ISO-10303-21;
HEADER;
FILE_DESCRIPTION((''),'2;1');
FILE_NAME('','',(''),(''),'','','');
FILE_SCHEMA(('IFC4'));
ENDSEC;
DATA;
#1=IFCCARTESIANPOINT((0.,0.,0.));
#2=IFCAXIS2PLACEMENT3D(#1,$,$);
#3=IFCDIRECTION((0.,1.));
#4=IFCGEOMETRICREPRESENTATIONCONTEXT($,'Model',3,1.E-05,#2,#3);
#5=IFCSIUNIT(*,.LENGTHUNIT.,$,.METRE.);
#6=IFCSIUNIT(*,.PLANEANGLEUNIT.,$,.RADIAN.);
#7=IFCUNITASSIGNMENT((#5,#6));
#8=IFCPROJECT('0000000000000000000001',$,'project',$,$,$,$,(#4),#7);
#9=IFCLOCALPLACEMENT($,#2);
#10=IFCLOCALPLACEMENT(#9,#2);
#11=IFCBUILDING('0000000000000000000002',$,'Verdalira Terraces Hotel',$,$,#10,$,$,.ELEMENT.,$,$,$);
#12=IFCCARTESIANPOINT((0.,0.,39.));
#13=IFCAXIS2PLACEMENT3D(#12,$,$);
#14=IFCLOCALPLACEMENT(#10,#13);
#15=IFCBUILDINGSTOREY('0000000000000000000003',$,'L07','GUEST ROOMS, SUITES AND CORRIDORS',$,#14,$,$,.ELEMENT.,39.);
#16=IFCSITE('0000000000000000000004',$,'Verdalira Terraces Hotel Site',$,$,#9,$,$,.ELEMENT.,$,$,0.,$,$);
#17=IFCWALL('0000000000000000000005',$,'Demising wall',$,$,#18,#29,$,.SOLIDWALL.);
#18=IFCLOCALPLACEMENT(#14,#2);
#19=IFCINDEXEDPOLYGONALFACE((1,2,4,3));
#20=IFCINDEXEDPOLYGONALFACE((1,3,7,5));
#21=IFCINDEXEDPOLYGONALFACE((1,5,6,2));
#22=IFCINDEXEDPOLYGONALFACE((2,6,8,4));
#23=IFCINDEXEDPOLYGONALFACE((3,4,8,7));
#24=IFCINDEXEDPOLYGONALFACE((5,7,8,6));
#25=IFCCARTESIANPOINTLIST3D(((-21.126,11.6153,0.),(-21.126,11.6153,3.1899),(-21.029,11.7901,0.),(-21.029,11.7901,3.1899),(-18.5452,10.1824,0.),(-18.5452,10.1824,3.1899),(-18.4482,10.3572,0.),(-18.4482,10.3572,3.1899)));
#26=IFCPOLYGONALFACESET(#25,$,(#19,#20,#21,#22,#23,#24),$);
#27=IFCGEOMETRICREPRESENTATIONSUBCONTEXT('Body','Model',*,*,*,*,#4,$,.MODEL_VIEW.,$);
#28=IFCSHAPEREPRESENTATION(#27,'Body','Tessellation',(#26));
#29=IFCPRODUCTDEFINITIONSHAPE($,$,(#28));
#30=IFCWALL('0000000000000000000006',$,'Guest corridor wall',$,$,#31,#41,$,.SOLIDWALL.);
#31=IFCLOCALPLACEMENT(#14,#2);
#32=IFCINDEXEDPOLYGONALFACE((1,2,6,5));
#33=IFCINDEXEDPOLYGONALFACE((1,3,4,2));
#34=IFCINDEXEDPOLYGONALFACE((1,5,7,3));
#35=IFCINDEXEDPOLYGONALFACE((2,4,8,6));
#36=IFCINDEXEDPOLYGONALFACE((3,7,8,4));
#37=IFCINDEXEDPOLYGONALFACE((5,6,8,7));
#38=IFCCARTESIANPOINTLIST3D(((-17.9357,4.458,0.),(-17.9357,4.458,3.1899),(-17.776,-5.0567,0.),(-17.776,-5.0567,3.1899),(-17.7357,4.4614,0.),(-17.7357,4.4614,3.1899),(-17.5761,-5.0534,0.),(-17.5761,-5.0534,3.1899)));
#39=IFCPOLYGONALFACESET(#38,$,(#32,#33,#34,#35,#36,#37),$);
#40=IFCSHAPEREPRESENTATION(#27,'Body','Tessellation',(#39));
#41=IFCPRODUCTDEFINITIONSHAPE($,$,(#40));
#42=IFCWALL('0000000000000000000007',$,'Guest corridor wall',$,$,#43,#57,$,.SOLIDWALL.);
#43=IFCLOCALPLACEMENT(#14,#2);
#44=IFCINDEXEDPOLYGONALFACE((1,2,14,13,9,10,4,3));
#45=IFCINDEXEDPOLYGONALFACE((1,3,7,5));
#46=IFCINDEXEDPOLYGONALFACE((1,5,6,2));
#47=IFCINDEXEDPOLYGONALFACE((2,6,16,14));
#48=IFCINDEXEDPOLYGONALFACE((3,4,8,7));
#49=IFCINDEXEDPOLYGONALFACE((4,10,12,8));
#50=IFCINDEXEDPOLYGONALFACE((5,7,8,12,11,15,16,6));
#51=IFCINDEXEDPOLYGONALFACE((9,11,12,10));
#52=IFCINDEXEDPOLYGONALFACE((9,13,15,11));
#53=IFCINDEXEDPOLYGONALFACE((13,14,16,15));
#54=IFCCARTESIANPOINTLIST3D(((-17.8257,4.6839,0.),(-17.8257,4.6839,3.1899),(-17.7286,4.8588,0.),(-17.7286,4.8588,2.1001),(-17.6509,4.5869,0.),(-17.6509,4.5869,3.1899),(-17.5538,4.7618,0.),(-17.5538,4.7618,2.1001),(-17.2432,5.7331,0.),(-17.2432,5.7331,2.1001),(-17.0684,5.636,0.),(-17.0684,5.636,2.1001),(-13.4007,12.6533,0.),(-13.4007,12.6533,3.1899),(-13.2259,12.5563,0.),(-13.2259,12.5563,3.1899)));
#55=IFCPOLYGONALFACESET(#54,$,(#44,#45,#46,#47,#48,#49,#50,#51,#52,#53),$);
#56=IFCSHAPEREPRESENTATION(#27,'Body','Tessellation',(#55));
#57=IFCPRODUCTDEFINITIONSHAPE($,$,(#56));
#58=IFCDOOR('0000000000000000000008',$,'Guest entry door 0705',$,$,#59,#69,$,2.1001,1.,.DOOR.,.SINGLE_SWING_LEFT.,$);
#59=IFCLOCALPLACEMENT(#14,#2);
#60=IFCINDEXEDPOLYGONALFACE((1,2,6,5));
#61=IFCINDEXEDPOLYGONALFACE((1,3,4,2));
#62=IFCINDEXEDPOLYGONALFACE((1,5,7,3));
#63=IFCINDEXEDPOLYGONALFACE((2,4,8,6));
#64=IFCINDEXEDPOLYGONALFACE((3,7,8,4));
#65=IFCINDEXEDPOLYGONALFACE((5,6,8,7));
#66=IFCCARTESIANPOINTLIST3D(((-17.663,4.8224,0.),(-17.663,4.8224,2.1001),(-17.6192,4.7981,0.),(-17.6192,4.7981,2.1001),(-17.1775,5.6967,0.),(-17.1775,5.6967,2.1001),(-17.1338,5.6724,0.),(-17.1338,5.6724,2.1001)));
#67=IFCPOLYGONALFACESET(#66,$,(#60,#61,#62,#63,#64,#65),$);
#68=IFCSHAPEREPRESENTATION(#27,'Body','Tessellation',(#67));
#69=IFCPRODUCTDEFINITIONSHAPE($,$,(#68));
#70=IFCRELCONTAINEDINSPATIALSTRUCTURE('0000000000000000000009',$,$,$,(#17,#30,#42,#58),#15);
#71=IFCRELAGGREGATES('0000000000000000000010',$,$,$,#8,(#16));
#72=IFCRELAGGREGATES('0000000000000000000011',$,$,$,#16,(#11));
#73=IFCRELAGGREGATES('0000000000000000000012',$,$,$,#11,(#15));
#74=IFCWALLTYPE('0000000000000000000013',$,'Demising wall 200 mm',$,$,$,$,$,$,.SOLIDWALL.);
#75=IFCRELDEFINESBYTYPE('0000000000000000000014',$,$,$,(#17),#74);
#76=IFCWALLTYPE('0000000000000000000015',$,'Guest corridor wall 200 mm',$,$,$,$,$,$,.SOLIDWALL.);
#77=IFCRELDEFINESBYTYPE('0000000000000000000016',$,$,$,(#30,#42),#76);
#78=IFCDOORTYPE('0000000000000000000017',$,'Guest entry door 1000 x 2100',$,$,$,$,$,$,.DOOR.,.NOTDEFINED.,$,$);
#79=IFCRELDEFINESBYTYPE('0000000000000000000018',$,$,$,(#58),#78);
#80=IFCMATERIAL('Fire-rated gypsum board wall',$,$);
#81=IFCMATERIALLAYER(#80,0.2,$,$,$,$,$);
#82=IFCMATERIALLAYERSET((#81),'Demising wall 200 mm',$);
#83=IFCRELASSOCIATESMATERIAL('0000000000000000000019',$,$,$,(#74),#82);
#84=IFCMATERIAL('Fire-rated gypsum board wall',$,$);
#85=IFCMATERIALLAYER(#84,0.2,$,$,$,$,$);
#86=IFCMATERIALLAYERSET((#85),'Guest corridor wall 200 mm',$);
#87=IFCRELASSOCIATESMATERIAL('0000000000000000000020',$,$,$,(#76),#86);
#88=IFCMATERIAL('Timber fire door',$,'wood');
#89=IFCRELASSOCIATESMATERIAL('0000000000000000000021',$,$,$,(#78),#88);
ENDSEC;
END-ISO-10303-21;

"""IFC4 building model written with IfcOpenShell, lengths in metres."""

from ifc_helpers import new_model, si_unit, direction, frame, frame_2d, origin, place, context, subcontext, project, spatial, rectangle, extrude, material, layer, layer_set, type_object, element, fill, save


model = new_model("IFC4")

# Units and contexts
model_context = context("Model", 3, precision=1e-05, world=origin(), true_north=direction((0.0, 1.0)))
body_context = subcontext(model_context, "Body", "Model", "MODEL_VIEW")
ifc_project = project(units=[si_unit("LENGTHUNIT", "METRE"), si_unit("PLANEANGLEUNIT", "RADIAN")], contexts=[model_context])

# Site, building, storey
site_placement = place(None, origin())
site = spatial("IfcSite", under=ifc_project, at=site_placement, Name="Verdalira Terraces Hotel Site", CompositionType="ELEMENT", RefElevation=0.0)
building_placement = place(site_placement, origin())
building = spatial("IfcBuilding", under=site, at=building_placement, Name="Verdalira Terraces Hotel", CompositionType="ELEMENT")
storey_placement = place(building_placement, frame((0.0, 0.0, 39.0)))
storey = spatial("IfcBuildingStorey", under=building, at=storey_placement, Name="L07", Description="GUEST ROOMS, SUITES AND CORRIDORS", CompositionType="ELEMENT", Elevation=39.0)

# Walls
ifc_material_1 = material(Name="Fire-rated gypsum board wall")
ifc_layer_1 = layer(ifc_material_1, 0.2)
ifc_layer_set_1 = layer_set([ifc_layer_1], Name="Demising wall 200 mm")
wall_type_1 = type_object("IfcWallType", Name="Demising wall 200 mm", PredefinedType="SOLIDWALL", material=ifc_layer_set_1)
wall_1_placement = place(storey_placement, frame((-18.4966, 10.2698, 0.0), z_axis=(0.0, 0.0, 1.0), x_axis=(-0.87429, 0.485404, 0.0)))
element("IfcWall", 1, at=wall_1_placement, inside=storey, type_object=wall_type_1, Name="Demising wall", PredefinedType="SOLIDWALL", context=body_context, shape_type="SweptSolid", body=[
    extrude(rectangle(XDim=2.9519, YDim=0.2, at=frame_2d((1.4761, 0.0))), origin(), (0.0, 0.0, 1.0), 3.1899),
])
ifc_material_2 = material(Name="Fire-rated gypsum board wall")
ifc_layer_2 = layer(ifc_material_2, 0.2)
ifc_layer_set_2 = layer_set([ifc_layer_2], Name="Guest corridor wall 200 mm")
wall_type_2 = type_object("IfcWallType", Name="Guest corridor wall 200 mm", PredefinedType="SOLIDWALL", material=ifc_layer_set_2)
wall_2_placement = place(storey_placement, frame((-17.8357, 4.4597, 0.0), z_axis=(0.0, 0.0, 1.0), x_axis=(0.016778, -0.999859, 0.0)))
element("IfcWall", 2, at=wall_2_placement, inside=storey, type_object=wall_type_2, Name="Guest corridor wall", PredefinedType="SOLIDWALL", context=body_context, shape_type="SweptSolid", body=[
    extrude(rectangle(XDim=9.5161, YDim=0.2, at=frame_2d((4.7581, 0.0))), origin(), (0.0, 0.0, 1.0), 3.1899),
])

# Wall, opening, door
wall_3_placement = place(storey_placement, frame((-17.7383, 4.6355, 0.0), z_axis=(0.0, 0.0, 1.0), x_axis=(0.485438, 0.874271, 0.0)))
wall_3 = element("IfcWall", 3, at=wall_3_placement, inside=storey, type_object=wall_type_2, Name="Guest corridor wall", PredefinedType="SOLIDWALL", context=body_context, shape_type="SweptSolid", body=[
    extrude(rectangle(XDim=9.1155, YDim=0.2, at=frame_2d((4.5576, 0.0))), origin(), (0.0, 0.0, 1.0), 3.1899),
])
opening_1_placement = place(wall_3_placement, frame((0.2, 0.0, 0.0)))
opening_1 = element("IfcOpeningElement", 4, at=opening_1_placement, cuts=wall_3, PredefinedType="OPENING", context=body_context, shape_type="SweptSolid", body=[
    extrude(rectangle(XDim=1.0, YDim=2.1001, at=frame_2d((0.5, 1.05))), frame((0.0, 0.1099, 0.0), z_axis=(0.0, -1.0, 0.0), x_axis=(1.0, 0.0, 0.0)), (0.0, 0.0, 1.0), 0.22),
])
ifc_material_3 = material(Name="Timber fire door", Category="wood")
door_type_1 = type_object("IfcDoorType", Name="Guest entry door 1000 x 2100", OperationType="NOTDEFINED", PredefinedType="DOOR", material=ifc_material_3)
door_1_placement = place(opening_1_placement, origin())
door_1 = element("IfcDoor", 5, at=door_1_placement, inside=storey, type_object=door_type_1, Name="Guest entry door 0705", OperationType="SINGLE_SWING_LEFT", OverallHeight=2.1001, OverallWidth=1.0, PredefinedType="DOOR", context=body_context, shape_type="SweptSolid", body=[
    extrude(rectangle(XDim=1.0, YDim=2.1001, at=frame_2d((0.5, 1.05))), frame((0.0, 0.0249, 0.0), z_axis=(0.0, -1.0, 0.0), x_axis=(1.0, 0.0, 0.0)), (0.0, 0.0, 1.0), 0.05),
])
fill(opening_1, door_1)

save(model, "model.ifc")
